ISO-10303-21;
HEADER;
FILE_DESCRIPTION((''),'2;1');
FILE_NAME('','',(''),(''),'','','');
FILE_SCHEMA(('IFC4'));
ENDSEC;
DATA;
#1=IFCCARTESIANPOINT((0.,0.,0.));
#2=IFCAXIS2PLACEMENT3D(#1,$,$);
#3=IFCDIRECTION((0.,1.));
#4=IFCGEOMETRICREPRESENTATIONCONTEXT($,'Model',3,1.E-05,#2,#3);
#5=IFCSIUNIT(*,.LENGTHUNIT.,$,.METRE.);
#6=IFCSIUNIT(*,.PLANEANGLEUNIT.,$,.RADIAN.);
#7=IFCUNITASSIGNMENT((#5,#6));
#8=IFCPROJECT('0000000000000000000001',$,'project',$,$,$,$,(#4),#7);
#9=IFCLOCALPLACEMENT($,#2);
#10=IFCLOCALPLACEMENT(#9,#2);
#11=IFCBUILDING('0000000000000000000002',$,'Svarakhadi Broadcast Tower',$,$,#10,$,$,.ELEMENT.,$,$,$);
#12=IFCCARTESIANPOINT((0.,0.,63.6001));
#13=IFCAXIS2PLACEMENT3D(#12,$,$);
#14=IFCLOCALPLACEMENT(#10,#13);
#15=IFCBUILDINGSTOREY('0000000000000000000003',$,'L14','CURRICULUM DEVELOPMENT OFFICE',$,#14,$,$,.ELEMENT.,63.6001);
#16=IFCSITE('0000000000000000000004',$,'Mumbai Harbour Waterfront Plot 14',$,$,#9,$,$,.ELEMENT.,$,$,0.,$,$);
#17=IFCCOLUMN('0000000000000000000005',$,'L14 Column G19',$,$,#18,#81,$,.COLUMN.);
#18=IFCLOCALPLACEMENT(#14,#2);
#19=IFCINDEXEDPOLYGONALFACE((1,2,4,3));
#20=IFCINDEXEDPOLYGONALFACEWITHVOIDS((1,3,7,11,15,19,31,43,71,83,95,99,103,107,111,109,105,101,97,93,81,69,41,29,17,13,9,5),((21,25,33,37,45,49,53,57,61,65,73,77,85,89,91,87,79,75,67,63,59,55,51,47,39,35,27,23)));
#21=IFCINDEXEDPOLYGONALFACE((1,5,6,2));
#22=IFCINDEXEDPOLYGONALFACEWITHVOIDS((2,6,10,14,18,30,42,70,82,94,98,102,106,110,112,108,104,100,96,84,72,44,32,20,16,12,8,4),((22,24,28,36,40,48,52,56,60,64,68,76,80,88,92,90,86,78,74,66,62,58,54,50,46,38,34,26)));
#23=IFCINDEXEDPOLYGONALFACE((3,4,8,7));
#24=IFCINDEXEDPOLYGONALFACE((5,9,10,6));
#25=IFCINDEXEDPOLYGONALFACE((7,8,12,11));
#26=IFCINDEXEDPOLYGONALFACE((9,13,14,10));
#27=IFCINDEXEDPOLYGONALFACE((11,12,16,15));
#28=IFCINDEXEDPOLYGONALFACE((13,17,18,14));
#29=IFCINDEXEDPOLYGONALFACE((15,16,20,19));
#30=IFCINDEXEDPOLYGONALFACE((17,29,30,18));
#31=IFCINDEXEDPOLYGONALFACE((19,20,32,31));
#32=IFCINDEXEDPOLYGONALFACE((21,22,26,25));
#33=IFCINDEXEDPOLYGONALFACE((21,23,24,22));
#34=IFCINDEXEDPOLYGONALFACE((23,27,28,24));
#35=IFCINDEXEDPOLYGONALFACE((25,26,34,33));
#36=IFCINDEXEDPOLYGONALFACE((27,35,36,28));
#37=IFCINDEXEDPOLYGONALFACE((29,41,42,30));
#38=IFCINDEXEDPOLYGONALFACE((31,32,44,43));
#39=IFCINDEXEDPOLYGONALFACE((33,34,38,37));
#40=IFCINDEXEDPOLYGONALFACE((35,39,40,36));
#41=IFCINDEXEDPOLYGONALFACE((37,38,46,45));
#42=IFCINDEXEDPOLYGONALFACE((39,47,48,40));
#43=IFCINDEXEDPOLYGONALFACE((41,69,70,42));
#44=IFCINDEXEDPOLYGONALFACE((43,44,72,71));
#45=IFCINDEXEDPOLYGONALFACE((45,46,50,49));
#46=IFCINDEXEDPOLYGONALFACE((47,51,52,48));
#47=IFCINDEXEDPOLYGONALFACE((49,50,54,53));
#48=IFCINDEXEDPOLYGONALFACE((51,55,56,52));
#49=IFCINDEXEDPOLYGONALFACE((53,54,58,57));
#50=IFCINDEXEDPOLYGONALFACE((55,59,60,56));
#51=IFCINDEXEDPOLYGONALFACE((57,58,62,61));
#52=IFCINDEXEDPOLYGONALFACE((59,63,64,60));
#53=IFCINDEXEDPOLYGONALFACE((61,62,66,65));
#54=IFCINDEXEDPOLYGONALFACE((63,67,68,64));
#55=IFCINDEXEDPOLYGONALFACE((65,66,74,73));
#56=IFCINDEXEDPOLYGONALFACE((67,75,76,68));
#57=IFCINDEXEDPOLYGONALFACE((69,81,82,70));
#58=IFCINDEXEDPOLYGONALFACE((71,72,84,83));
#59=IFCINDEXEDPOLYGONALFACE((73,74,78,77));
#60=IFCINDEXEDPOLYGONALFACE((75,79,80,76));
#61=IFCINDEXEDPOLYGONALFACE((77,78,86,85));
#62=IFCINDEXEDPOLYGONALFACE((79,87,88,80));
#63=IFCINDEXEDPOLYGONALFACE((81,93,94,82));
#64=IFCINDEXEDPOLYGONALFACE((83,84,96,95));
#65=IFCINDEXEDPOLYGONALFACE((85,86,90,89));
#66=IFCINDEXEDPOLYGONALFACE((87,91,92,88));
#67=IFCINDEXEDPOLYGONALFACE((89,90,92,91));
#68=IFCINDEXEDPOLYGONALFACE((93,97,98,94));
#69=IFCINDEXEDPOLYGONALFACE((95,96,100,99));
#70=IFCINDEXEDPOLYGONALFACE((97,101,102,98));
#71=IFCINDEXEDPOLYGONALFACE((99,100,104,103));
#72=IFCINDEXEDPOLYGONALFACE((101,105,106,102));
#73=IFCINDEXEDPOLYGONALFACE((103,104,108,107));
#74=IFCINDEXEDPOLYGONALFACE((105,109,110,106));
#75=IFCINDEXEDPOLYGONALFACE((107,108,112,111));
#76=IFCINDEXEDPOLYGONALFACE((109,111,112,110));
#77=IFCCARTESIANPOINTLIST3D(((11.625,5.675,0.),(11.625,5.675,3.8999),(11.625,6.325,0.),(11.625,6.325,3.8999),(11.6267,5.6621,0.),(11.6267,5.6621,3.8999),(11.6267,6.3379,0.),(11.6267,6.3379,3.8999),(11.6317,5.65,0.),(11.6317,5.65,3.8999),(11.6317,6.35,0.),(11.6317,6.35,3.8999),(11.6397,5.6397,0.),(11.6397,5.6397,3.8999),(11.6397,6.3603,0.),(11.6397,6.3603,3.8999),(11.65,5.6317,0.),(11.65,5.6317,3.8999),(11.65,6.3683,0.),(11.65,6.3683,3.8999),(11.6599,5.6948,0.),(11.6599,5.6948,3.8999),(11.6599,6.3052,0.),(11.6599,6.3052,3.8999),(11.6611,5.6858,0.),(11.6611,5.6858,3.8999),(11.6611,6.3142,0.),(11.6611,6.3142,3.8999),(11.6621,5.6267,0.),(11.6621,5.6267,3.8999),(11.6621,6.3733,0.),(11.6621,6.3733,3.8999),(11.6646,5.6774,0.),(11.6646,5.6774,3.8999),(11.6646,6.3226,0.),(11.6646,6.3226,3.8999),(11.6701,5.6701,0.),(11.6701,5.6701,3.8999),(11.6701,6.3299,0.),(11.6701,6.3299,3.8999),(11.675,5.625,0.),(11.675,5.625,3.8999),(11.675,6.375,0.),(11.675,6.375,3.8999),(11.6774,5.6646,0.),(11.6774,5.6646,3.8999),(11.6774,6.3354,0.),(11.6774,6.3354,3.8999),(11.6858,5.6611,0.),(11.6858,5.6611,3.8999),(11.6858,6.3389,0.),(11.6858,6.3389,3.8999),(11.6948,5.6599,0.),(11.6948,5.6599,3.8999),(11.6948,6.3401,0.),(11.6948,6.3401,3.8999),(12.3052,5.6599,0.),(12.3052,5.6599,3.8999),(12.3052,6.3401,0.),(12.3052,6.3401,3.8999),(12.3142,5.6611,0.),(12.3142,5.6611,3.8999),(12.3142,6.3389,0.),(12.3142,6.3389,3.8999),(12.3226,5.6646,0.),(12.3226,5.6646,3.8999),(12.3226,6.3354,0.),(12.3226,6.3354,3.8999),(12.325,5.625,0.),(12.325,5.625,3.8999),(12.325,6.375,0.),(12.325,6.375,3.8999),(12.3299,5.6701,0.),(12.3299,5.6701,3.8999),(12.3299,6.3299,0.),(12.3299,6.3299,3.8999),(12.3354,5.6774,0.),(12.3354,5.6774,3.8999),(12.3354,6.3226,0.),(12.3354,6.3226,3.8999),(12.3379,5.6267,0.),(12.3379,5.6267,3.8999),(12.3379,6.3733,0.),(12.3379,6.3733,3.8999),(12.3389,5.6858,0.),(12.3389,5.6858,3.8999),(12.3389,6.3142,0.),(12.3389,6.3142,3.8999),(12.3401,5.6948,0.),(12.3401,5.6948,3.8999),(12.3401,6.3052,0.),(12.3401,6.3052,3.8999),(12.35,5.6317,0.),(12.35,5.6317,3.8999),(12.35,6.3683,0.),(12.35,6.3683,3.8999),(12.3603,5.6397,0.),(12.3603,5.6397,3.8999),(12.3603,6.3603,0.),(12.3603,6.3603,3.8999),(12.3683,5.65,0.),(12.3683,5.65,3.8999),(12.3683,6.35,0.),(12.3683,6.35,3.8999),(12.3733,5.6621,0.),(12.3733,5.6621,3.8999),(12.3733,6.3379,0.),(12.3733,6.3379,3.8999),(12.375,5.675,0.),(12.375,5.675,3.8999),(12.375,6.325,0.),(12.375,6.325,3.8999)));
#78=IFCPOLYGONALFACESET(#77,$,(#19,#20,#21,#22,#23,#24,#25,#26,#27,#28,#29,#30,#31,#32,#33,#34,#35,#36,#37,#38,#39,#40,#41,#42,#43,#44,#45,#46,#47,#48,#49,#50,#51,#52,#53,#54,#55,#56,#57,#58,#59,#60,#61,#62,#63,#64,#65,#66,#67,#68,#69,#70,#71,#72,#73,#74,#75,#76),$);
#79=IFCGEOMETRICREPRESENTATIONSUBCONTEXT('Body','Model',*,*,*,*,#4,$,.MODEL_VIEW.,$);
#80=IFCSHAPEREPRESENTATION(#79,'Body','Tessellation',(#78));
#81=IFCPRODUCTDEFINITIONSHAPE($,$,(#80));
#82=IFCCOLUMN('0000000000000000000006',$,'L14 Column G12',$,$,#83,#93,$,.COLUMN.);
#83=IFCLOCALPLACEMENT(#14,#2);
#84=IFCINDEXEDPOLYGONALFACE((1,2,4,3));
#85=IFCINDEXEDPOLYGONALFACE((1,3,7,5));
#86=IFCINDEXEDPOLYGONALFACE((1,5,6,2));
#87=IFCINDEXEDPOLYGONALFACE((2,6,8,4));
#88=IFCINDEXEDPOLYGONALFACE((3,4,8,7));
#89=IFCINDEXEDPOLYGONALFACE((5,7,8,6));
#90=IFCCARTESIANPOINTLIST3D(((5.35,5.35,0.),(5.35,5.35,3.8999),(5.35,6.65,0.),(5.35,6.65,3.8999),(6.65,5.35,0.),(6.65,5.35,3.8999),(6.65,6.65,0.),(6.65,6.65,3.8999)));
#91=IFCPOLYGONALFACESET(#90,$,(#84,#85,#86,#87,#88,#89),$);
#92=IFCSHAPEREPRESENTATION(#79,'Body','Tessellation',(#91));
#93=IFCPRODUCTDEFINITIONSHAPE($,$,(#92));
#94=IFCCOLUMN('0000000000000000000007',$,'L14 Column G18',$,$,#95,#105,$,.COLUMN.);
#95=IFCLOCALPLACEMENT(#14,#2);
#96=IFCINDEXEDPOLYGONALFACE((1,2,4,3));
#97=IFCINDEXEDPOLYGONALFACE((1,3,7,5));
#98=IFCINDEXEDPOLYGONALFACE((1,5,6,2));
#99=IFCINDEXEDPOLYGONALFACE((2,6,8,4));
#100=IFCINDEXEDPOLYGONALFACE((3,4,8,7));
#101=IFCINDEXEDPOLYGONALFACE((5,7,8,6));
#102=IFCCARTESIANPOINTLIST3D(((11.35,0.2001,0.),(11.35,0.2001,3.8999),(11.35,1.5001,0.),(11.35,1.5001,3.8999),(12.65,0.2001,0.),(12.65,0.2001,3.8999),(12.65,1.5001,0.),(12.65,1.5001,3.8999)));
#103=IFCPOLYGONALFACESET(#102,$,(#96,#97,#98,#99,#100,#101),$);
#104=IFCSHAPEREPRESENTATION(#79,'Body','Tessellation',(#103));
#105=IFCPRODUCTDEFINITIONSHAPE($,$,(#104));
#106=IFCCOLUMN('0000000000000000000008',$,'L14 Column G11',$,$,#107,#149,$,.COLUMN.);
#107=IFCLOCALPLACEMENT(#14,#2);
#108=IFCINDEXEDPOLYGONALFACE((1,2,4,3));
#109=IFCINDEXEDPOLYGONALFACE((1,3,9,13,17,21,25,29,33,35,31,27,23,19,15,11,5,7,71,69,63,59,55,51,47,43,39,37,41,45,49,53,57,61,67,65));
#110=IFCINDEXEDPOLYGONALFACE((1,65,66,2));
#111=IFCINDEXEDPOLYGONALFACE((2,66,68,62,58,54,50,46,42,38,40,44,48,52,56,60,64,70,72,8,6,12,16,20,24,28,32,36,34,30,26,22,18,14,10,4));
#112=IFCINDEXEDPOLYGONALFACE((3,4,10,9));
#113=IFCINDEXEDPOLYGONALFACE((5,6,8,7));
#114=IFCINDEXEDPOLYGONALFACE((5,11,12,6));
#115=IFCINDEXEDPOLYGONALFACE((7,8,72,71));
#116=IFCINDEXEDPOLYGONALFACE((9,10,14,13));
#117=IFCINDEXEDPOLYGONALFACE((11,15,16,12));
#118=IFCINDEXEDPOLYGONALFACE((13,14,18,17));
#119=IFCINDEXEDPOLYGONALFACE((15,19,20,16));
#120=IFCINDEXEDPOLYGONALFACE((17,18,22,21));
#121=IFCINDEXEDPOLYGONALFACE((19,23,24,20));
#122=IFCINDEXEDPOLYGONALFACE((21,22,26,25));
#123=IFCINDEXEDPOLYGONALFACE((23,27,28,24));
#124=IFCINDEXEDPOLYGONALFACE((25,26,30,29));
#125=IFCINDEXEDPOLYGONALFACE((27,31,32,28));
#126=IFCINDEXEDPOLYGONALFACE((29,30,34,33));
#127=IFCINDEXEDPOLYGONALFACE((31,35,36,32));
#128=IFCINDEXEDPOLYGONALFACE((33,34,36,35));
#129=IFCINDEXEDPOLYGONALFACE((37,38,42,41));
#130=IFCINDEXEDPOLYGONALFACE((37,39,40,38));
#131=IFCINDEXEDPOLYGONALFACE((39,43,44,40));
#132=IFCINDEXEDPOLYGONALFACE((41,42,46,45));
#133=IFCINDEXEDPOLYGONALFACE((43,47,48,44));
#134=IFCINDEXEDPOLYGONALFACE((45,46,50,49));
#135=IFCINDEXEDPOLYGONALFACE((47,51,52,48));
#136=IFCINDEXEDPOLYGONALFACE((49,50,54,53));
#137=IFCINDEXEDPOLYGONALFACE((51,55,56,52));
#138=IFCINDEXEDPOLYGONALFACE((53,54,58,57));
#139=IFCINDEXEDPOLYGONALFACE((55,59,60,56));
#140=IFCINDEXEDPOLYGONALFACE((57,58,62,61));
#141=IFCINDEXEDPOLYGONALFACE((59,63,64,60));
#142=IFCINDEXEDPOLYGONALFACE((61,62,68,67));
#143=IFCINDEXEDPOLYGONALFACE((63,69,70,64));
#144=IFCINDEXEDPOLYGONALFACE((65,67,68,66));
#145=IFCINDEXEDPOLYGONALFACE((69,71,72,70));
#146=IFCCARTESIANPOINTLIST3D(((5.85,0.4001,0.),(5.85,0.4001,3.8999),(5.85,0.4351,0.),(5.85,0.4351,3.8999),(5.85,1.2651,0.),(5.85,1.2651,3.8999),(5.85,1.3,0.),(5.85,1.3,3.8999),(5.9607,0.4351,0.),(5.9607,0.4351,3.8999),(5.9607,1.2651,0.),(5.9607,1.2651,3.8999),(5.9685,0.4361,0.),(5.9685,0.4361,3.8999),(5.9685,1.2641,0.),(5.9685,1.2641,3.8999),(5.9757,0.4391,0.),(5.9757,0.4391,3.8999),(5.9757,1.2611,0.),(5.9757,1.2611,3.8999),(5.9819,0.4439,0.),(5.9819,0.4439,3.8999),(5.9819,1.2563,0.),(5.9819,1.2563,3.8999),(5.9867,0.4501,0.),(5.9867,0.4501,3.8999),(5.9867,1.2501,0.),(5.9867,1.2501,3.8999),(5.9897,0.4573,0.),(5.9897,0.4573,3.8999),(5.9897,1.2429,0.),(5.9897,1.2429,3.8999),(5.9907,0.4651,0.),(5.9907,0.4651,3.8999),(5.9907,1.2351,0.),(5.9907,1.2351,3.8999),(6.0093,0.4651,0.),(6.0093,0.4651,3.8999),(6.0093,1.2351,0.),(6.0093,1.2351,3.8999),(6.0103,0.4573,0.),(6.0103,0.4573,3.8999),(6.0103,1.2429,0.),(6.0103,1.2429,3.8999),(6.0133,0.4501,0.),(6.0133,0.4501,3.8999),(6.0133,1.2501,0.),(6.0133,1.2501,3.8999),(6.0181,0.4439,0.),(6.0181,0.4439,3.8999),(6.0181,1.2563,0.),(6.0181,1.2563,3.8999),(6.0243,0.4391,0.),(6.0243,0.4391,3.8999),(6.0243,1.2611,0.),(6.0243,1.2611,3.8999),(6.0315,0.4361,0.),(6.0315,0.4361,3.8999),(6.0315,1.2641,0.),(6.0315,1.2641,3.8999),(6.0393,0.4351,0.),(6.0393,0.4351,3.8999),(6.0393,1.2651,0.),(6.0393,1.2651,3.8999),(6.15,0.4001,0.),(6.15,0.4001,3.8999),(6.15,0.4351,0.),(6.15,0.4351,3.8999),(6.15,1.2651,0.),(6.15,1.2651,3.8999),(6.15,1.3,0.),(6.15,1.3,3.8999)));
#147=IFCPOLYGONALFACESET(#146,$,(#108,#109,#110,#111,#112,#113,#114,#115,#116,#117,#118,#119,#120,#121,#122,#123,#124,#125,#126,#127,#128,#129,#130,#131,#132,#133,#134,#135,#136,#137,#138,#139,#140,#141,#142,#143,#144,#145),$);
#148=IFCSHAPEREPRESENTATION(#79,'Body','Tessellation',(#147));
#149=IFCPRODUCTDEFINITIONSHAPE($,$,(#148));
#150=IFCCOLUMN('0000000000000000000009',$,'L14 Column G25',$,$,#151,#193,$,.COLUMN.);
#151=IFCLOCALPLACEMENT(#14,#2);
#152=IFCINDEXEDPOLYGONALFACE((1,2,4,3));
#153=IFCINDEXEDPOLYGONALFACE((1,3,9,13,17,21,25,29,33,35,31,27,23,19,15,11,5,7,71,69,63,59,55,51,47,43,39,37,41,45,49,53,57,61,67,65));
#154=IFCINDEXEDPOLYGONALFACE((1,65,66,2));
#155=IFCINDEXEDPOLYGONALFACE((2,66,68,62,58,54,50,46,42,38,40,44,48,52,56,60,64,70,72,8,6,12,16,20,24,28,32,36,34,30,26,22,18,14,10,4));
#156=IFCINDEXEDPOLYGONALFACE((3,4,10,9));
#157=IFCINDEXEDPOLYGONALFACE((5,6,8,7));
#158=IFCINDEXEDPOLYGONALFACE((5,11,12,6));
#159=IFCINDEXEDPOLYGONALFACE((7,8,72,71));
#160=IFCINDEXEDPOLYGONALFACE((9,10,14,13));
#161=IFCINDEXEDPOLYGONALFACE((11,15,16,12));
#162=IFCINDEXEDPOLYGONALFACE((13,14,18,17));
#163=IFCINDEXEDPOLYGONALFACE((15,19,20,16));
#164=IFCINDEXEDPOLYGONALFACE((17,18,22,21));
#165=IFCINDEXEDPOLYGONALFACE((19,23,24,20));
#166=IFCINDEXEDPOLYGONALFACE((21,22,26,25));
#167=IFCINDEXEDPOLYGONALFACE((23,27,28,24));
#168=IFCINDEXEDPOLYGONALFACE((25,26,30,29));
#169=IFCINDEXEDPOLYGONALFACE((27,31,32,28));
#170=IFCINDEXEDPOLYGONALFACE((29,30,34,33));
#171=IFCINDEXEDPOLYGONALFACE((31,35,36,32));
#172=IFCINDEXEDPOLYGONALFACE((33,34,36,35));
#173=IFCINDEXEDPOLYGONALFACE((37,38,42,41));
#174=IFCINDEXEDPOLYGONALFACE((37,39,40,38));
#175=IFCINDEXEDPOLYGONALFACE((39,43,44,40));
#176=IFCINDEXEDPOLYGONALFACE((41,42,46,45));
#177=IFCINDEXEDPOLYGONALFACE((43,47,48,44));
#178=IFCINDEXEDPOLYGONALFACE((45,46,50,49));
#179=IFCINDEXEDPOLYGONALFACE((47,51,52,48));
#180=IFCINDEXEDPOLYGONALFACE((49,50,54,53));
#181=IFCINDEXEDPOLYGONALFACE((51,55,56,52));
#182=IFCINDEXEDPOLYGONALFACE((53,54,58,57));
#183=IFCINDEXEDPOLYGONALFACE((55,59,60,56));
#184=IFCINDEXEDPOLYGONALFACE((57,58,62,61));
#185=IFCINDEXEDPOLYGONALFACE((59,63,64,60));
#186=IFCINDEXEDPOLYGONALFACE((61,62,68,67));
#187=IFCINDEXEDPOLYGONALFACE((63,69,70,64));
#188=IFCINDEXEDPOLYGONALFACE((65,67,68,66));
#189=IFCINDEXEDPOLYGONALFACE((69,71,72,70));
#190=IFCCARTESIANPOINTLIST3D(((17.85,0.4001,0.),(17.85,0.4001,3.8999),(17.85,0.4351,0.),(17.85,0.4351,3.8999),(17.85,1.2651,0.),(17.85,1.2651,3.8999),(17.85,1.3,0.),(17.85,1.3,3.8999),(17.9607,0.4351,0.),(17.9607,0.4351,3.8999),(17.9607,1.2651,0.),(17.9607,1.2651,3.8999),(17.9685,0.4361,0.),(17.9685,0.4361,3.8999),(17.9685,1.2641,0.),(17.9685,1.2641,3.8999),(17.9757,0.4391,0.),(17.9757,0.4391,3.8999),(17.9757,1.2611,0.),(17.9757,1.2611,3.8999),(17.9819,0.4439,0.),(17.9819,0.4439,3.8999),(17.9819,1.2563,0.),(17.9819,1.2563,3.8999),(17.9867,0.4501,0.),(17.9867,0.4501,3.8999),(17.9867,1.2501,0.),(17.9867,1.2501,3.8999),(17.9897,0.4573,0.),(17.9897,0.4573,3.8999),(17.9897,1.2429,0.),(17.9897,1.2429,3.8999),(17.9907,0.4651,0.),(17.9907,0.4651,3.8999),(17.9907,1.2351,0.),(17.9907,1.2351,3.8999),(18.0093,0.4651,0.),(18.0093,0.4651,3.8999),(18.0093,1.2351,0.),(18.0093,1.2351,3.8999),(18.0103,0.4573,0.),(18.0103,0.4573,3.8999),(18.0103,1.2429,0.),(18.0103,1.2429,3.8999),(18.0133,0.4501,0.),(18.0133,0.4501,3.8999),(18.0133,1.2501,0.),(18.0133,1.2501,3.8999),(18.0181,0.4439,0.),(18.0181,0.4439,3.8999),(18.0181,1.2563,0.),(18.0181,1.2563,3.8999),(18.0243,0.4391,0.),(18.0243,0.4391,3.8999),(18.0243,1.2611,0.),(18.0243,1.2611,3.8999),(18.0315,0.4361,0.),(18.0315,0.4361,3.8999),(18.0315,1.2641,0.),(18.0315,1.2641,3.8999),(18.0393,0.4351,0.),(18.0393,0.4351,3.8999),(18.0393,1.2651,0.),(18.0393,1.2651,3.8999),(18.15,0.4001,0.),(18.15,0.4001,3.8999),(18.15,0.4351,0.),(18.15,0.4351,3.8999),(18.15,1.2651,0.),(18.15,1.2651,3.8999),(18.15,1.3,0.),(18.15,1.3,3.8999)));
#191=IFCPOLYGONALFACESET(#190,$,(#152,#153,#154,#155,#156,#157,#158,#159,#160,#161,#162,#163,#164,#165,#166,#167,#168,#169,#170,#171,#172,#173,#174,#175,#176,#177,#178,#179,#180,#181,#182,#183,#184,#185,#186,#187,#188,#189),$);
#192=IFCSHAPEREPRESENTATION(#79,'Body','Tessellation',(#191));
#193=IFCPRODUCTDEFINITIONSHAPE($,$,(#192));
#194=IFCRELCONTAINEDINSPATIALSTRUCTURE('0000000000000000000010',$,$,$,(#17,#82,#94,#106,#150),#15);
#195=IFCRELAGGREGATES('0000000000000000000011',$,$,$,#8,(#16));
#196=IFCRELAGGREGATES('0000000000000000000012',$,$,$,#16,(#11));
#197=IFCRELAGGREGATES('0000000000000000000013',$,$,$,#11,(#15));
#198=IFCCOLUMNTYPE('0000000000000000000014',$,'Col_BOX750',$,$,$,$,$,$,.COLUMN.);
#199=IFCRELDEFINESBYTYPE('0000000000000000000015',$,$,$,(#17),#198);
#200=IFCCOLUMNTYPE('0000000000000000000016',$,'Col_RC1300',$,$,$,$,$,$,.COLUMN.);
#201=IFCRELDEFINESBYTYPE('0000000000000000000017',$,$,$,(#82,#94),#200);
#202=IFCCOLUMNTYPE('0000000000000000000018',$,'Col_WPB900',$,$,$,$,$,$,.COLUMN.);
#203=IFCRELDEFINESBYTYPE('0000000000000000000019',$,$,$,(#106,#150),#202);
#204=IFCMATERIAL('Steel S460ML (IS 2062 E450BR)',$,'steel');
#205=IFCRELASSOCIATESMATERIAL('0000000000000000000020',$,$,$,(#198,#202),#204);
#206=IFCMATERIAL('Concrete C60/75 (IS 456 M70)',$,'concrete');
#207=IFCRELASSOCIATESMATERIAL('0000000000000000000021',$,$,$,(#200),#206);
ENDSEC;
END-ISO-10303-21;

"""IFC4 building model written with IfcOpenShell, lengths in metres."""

from ifc_helpers import new_model, si_unit, direction, frame, origin, origin_2d, place, context, subcontext, project, spatial, rectangle, hollow_rectangle, i_section, extrude, material, material_profile, profile_set, type_object, element, save


model = new_model("IFC4")

# Units and contexts
model_context = context("Model", 3, precision=1e-05, world=origin(), true_north=direction((0.0, 1.0)))
body_context = subcontext(model_context, "Body", "Model", "MODEL_VIEW")
ifc_project = project(units=[si_unit("LENGTHUNIT", "METRE"), si_unit("PLANEANGLEUNIT", "RADIAN")], contexts=[model_context])

# Site, building, storey
site_placement = place(None, origin())
site = spatial("IfcSite", under=ifc_project, at=site_placement, Name="Mumbai Harbour Waterfront Plot 14", CompositionType="ELEMENT", RefElevation=0.0)
building_placement = place(site_placement, origin())
building = spatial("IfcBuilding", under=site, at=building_placement, Name="Svarakhadi Broadcast Tower", CompositionType="ELEMENT")
storey_placement = place(building_placement, frame((0.0, 0.0, 63.6001)))
storey = spatial("IfcBuildingStorey", under=building, at=storey_placement, Name="L14", Description="CURRICULUM DEVELOPMENT OFFICE", CompositionType="ELEMENT", Elevation=63.6001)

# Columns
ifc_material_1 = material(Name="Steel S460ML (IS 2062 E450BR)", Category="steel")
ifc_material_profile_1 = material_profile(ifc_material_1, hollow_rectangle(XDim=0.75, YDim=0.75, WallThickness=0.0349, InnerFilletRadius=0.0349, OuterFilletRadius=0.05, at=origin_2d()), Name="BOX 750x750x35")
ifc_profile_set_1 = profile_set([ifc_material_profile_1], Name="Steel S460ML (IS 2062 E450BR)")
column_type_1 = type_object("IfcColumnType", Name="Col_BOX750", PredefinedType="COLUMN", material=ifc_profile_set_1)
column_placement = place(storey_placement, frame((12.0, 6.0, 0.0), z_axis=(0.0, 0.0, 1.0), x_axis=(1.0, 0.0, 0.0)))
element("IfcColumn", 1, at=column_placement, inside=storey, type_object=column_type_1, Name="L14 Column G19", PredefinedType="COLUMN", context=body_context, shape_type="SweptSolid", body=[
    extrude(hollow_rectangle(XDim=0.75, YDim=0.75, WallThickness=0.0349, InnerFilletRadius=0.0349, OuterFilletRadius=0.05, at=origin_2d()), origin(), (0.0, 0.0, 1.0), 3.8999),
])
ifc_material_2 = material(Name="Concrete C60/75 (IS 456 M70)", Category="concrete")
ifc_material_profile_2 = material_profile(ifc_material_2, rectangle(XDim=1.3, YDim=1.3, at=origin_2d()), Name="RC 1300x1300")
ifc_profile_set_2 = profile_set([ifc_material_profile_2], Name="Concrete C60/75 (IS 456 M70)")
column_type_2 = type_object("IfcColumnType", Name="Col_RC1300", PredefinedType="COLUMN", material=ifc_profile_set_2)
for number, where, z_axis, x_axis, name in (
    (2, (6.0, 6.0, 0.0), (0.0, 0.0, 1.0), (1.0, 0.0, 0.0), "L14 Column G12"),
    (3, (12.0, 0.8501, 0.0), (0.0, 0.0, 1.0), (1.0, 0.0, 0.0), "L14 Column G18"),
):
    element("IfcColumn", number, at=place(storey_placement, frame(where, z_axis=z_axis, x_axis=x_axis)), inside=storey, type_object=column_type_2, Name=name, PredefinedType="COLUMN", context=body_context, shape_type="SweptSolid", body=[
        extrude(rectangle(XDim=1.3, YDim=1.3, at=origin_2d()), origin(), (0.0, 0.0, 1.0), 3.8999),
    ])
ifc_material_profile_3 = material_profile(ifc_material_1, i_section(OverallWidth=0.3, OverallDepth=0.8999, WebThickness=0.0186, FlangeThickness=0.0349, FilletRadius=0.03, at=origin_2d()), Name="WPB 900x300x291")
ifc_profile_set_3 = profile_set([ifc_material_profile_3], Name="Steel S460ML (IS 2062 E450BR)")
column_type_3 = type_object("IfcColumnType", Name="Col_WPB900", PredefinedType="COLUMN", material=ifc_profile_set_3)
for number, where, z_axis, x_axis, name in (
    (4, (6.0, 0.8501, 0.0), (0.0, 0.0, 1.0), (1.0, 0.0, 0.0), "L14 Column G11"),
    (5, (18.0, 0.8501, 0.0), (0.0, 0.0, 1.0), (1.0, 0.0, 0.0), "L14 Column G25"),
):
    element("IfcColumn", number, at=place(storey_placement, frame(where, z_axis=z_axis, x_axis=x_axis)), inside=storey, type_object=column_type_3, Name=name, PredefinedType="COLUMN", context=body_context, shape_type="SweptSolid", body=[
        extrude(i_section(OverallWidth=0.3, OverallDepth=0.8999, WebThickness=0.0186, FlangeThickness=0.0349, FilletRadius=0.03, at=origin_2d()), origin(), (0.0, 0.0, 1.0), 3.8999),
    ])

save(model, "model.ifc")
